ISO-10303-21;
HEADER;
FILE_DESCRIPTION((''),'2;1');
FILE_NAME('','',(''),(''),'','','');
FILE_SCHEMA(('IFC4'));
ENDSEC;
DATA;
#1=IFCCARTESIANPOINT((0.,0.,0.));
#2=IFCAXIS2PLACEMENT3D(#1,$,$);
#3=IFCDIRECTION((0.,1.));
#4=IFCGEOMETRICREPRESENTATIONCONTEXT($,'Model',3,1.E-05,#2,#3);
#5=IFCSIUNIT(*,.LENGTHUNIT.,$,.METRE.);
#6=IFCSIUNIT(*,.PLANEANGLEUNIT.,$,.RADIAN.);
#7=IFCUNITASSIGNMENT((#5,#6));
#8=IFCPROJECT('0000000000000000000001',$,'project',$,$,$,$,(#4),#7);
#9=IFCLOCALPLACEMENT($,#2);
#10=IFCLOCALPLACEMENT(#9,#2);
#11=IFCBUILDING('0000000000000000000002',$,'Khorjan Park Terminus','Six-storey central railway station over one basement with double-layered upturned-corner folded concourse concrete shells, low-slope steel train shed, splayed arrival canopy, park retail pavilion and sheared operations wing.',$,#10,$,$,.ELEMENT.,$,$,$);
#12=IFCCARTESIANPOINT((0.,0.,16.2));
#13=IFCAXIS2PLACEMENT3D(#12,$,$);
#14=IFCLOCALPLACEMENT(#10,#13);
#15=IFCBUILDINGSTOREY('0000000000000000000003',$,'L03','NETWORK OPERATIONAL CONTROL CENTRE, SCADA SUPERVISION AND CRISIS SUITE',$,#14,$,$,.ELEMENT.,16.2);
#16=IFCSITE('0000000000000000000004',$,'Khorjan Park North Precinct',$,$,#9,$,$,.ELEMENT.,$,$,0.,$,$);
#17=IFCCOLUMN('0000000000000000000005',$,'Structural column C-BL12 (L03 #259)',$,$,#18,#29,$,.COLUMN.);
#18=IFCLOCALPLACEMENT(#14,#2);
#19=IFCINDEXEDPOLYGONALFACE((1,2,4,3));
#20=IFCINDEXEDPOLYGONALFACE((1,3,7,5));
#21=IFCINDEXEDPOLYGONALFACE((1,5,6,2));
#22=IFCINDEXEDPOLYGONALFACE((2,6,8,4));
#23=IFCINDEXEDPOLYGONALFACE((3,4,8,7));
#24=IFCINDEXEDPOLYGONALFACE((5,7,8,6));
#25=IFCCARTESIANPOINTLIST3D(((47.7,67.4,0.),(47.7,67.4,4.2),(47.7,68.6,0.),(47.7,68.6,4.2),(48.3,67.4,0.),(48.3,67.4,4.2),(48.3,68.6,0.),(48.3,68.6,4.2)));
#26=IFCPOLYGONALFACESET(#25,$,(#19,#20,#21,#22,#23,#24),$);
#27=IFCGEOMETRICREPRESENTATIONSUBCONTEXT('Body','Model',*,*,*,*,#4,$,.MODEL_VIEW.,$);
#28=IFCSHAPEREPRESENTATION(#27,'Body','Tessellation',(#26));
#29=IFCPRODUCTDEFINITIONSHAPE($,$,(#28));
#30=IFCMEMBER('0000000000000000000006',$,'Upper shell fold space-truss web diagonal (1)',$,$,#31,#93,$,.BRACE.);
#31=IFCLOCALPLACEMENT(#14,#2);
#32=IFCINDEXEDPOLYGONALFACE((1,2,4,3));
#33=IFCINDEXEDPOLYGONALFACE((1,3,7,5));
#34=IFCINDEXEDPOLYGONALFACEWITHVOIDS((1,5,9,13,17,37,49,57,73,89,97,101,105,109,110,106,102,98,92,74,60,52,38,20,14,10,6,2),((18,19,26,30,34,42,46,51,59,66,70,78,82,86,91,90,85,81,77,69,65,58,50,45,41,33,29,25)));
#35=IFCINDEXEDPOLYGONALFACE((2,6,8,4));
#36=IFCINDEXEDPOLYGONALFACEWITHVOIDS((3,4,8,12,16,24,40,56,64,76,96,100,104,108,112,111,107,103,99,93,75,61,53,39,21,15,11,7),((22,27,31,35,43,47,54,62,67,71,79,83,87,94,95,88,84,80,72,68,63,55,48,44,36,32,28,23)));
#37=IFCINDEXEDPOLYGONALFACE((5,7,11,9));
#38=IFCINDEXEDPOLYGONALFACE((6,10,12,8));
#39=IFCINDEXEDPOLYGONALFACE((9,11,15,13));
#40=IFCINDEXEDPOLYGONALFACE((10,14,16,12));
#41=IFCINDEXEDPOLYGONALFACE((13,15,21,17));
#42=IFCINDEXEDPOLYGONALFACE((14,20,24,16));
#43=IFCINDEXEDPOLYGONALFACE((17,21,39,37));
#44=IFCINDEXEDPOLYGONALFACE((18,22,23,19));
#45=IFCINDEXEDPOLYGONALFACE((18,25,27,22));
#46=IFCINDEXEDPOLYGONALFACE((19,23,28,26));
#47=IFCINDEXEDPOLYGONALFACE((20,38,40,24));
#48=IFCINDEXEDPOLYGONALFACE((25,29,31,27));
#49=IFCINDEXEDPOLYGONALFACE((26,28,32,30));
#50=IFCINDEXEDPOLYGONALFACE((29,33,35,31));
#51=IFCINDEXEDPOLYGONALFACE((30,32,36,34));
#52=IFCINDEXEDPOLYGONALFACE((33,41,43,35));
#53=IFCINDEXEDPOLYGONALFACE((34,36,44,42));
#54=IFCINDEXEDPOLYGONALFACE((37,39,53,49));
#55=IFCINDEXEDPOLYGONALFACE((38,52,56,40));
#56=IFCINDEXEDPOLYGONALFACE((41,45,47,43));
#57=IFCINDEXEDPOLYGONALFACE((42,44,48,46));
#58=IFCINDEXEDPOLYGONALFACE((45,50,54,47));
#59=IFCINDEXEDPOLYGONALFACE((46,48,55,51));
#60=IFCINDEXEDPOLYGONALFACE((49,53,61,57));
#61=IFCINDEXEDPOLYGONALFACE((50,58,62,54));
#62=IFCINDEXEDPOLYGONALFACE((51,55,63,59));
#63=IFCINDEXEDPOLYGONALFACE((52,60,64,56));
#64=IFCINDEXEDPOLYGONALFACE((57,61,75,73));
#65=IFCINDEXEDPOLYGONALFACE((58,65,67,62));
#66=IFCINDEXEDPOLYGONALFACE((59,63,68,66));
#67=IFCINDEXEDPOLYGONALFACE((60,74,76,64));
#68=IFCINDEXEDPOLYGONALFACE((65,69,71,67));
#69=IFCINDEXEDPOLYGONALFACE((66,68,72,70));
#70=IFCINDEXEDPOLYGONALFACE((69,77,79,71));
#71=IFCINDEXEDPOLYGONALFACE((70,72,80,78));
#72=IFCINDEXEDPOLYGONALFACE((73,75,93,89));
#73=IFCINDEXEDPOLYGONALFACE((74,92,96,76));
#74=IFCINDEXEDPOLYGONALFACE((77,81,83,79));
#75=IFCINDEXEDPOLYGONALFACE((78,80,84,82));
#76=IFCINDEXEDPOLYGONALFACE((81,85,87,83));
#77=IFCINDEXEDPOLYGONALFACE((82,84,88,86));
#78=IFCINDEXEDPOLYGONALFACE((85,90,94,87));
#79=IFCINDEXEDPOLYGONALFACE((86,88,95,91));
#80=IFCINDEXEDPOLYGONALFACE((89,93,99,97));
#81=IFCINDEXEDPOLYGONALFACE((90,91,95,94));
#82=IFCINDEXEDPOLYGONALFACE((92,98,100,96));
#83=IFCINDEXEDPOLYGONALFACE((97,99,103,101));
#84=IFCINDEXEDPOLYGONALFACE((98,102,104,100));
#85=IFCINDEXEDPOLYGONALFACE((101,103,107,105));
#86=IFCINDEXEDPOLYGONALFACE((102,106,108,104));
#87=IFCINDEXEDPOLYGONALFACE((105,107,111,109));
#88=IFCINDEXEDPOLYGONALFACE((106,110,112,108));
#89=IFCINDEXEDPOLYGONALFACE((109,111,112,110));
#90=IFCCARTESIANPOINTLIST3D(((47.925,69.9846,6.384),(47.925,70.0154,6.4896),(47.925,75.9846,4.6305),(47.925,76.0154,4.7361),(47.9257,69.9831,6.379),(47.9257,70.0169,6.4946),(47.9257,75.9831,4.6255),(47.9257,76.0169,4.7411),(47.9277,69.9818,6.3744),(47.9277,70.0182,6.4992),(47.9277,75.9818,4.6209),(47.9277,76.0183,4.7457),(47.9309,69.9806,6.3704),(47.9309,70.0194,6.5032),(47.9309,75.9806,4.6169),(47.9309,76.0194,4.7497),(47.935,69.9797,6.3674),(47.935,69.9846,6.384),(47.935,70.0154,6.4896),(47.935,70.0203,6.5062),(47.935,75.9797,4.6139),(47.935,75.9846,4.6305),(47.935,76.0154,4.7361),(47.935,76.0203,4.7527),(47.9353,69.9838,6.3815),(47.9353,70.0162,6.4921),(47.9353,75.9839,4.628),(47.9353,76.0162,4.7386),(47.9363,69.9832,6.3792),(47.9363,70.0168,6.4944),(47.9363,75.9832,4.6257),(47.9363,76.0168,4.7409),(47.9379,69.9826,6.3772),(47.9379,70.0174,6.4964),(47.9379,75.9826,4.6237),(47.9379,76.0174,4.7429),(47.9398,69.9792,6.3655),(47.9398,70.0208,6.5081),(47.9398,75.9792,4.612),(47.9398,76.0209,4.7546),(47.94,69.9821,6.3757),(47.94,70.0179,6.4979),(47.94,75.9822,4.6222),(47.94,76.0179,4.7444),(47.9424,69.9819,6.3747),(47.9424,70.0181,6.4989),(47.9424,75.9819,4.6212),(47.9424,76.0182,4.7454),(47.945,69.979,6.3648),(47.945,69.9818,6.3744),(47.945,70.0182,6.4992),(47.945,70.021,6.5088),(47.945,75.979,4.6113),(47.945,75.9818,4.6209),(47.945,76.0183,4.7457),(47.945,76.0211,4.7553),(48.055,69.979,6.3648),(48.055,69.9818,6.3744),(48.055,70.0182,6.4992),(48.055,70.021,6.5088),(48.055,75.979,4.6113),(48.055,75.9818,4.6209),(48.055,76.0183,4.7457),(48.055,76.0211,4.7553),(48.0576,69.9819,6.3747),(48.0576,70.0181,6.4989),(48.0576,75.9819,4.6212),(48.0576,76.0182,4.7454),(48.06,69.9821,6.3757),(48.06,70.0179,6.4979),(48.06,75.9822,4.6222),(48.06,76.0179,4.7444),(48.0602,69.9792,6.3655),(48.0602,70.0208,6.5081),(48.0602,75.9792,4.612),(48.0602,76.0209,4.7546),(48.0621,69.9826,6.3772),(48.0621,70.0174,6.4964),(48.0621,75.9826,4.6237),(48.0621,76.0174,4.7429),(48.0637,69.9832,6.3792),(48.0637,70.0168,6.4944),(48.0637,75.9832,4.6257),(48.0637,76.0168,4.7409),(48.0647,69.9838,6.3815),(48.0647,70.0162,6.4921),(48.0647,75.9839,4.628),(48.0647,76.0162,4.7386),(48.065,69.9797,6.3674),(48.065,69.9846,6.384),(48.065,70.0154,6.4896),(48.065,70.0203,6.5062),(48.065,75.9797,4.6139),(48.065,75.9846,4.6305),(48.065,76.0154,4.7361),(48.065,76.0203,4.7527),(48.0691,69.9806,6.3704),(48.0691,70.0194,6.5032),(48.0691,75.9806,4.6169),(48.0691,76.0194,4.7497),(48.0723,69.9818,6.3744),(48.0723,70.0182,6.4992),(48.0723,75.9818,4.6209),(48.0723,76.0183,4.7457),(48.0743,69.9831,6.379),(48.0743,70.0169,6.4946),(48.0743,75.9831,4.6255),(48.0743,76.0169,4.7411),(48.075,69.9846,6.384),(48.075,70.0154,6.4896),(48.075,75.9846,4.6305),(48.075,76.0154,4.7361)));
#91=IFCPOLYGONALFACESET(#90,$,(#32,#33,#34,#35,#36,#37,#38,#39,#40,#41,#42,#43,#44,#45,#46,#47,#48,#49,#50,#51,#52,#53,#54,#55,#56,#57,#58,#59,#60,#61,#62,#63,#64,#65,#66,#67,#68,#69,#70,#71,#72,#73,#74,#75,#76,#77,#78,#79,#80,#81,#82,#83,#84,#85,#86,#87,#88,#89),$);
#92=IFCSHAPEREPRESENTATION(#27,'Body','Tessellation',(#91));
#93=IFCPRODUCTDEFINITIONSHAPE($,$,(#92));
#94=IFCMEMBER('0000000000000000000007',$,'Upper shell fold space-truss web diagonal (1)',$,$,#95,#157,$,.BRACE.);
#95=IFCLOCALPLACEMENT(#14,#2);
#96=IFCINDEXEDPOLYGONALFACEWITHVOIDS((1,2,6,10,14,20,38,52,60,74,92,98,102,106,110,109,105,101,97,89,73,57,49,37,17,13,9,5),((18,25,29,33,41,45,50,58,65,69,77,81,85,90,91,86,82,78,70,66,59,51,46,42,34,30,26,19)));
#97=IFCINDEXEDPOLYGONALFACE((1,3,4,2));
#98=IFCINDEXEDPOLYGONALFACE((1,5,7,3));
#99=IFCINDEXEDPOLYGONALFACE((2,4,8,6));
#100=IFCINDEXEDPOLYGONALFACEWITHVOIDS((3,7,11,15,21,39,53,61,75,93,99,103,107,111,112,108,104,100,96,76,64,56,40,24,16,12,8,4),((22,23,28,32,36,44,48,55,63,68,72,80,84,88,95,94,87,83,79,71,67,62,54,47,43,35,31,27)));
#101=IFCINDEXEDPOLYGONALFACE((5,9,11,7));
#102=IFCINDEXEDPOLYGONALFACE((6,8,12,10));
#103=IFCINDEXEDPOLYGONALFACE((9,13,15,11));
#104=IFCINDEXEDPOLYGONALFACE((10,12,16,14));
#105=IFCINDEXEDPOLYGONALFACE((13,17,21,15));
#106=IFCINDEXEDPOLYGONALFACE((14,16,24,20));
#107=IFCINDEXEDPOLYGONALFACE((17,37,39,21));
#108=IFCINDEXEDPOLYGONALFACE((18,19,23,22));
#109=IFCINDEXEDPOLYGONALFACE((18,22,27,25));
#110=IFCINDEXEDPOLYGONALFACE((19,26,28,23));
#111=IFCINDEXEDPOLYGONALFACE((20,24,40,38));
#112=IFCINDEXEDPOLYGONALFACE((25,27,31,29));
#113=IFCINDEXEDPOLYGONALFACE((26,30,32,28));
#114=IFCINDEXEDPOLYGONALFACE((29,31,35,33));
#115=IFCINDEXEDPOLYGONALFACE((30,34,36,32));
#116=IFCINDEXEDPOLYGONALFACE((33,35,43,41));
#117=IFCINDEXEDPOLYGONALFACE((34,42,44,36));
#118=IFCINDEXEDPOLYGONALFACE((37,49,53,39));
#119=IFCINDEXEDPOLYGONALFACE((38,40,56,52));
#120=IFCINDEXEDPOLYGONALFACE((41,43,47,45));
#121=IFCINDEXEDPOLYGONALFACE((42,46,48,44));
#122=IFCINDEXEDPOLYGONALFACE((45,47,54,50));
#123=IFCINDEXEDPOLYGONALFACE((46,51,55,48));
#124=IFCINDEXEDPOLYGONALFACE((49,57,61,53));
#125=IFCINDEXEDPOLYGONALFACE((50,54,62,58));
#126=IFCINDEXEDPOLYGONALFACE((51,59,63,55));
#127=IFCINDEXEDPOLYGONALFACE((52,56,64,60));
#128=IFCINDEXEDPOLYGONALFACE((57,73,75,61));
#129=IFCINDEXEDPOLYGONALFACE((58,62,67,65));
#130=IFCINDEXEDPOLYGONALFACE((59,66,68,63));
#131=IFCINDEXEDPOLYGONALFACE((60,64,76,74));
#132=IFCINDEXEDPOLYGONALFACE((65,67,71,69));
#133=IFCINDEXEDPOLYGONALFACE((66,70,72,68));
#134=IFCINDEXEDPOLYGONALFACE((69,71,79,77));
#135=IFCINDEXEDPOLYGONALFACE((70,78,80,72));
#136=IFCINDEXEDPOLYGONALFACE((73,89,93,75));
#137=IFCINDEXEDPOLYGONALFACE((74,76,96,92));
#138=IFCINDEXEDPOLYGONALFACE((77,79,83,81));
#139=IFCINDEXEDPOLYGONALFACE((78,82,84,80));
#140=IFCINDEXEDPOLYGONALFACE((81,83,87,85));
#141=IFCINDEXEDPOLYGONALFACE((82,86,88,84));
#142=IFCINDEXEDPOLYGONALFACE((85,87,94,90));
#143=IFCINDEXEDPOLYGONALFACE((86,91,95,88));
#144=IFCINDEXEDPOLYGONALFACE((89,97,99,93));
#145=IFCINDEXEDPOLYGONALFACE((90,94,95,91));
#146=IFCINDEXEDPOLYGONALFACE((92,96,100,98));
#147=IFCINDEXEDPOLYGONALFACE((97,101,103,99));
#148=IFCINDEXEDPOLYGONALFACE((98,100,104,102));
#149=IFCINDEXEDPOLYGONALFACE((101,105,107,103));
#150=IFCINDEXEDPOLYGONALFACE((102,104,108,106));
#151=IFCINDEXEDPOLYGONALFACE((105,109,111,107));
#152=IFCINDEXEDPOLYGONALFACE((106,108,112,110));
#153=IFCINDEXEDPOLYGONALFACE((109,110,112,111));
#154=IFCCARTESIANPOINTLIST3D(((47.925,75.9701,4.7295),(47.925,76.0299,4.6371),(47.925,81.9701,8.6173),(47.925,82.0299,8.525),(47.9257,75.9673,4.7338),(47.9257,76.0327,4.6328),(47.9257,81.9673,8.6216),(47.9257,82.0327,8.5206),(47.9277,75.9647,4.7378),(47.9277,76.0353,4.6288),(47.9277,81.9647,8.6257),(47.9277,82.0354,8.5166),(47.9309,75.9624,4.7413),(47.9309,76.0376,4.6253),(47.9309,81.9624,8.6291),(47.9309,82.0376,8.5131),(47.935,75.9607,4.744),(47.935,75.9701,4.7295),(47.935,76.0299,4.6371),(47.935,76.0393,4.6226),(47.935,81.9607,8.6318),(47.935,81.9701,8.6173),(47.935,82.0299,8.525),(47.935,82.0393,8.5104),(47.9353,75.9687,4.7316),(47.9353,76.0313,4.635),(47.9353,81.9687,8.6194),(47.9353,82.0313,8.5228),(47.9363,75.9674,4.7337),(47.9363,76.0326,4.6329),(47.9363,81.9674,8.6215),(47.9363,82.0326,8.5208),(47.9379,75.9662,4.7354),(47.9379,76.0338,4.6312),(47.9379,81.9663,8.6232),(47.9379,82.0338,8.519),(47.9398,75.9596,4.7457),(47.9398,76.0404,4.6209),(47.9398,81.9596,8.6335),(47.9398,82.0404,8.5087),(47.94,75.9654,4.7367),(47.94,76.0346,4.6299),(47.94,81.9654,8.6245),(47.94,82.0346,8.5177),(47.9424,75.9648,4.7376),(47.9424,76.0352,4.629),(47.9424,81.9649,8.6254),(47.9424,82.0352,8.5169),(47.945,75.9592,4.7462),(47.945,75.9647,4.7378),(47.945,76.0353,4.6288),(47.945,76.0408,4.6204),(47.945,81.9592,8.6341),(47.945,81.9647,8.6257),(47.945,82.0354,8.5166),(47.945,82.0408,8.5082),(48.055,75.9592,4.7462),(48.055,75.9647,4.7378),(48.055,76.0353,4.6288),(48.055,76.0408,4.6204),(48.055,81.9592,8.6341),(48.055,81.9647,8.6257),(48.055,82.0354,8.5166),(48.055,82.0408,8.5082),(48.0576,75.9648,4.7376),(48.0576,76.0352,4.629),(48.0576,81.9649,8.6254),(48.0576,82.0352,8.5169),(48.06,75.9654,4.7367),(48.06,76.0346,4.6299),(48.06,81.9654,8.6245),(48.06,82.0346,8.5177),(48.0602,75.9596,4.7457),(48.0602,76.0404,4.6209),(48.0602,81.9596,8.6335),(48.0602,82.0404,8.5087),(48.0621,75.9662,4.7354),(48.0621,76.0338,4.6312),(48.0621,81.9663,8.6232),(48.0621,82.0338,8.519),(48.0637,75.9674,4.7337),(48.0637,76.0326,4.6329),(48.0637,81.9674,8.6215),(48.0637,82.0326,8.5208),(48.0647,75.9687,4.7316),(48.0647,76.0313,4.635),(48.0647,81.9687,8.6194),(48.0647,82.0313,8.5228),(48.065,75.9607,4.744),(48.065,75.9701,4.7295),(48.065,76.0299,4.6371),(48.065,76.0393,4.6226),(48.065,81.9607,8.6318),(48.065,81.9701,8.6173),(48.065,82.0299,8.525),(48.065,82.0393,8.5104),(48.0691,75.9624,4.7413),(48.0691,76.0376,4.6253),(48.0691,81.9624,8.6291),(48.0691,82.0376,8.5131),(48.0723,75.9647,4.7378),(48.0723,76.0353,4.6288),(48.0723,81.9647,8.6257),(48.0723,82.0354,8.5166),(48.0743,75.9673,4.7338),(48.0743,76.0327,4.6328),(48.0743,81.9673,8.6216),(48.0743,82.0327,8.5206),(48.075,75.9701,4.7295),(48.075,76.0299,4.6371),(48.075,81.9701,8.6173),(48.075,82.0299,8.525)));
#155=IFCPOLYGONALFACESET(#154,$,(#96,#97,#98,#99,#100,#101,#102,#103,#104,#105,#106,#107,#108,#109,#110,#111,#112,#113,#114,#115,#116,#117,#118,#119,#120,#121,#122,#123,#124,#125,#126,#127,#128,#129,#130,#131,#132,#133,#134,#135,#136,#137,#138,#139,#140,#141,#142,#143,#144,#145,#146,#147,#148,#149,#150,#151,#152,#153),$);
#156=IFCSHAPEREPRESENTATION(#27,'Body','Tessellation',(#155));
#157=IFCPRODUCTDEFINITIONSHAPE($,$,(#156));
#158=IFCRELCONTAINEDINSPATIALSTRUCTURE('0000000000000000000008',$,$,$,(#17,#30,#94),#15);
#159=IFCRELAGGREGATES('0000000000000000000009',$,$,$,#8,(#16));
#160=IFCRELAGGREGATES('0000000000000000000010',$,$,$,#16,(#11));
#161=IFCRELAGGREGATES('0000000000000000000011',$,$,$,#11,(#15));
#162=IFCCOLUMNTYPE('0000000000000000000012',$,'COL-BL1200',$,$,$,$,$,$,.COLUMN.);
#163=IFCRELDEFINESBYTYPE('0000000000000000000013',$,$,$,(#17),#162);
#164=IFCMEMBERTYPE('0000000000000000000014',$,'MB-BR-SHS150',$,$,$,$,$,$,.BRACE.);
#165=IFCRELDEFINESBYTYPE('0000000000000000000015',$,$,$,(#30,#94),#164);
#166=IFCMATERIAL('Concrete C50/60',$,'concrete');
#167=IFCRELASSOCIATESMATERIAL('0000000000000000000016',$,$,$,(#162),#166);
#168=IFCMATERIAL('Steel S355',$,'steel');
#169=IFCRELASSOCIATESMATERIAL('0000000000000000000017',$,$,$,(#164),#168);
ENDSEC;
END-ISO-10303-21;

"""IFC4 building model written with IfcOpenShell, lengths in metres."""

from ifc_helpers import new_model, si_unit, direction, frame, origin, origin_2d, place, context, subcontext, project, spatial, rectangle, hollow_rectangle, extrude, material, material_profile, profile_set, type_object, element, save


model = new_model("IFC4")

# Units and contexts
model_context = context("Model", 3, precision=1e-05, world=origin(), true_north=direction((0.0, 1.0)))
body_context = subcontext(model_context, "Body", "Model", "MODEL_VIEW")
ifc_project = project(units=[si_unit("LENGTHUNIT", "METRE"), si_unit("PLANEANGLEUNIT", "RADIAN")], contexts=[model_context])

# Site, building, storey
site_placement = place(None, origin())
site = spatial("IfcSite", under=ifc_project, at=site_placement, Name="Khorjan Park North Precinct", CompositionType="ELEMENT", RefElevation=0.0)
building_placement = place(site_placement, origin())
building = spatial("IfcBuilding", under=site, at=building_placement, Name="Khorjan Park Terminus", Description="Six-storey central railway station over one basement with double-layered upturned-corner folded concourse concrete shells, low-slope steel train shed, splayed arrival canopy, park retail pavilion and sheared operations wing.", CompositionType="ELEMENT")
storey_placement = place(building_placement, frame((0.0, 0.0, 16.2)))
storey = spatial("IfcBuildingStorey", under=building, at=storey_placement, Name="L03", Description="NETWORK OPERATIONAL CONTROL CENTRE, SCADA SUPERVISION AND CRISIS SUITE", CompositionType="ELEMENT", Elevation=16.2)

# Column
ifc_material_1 = material(Name="Concrete C50/60", Category="concrete")
ifc_material_profile_1 = material_profile(ifc_material_1, rectangle(XDim=0.6, YDim=1.2, at=origin_2d()), Name="RC 600x1200")
ifc_profile_set_1 = profile_set([ifc_material_profile_1], Name="Concrete C50/60")
column_type = type_object("IfcColumnType", Name="COL-BL1200", PredefinedType="COLUMN", material=ifc_profile_set_1)
column_placement = place(storey_placement, frame((48.0, 68.0, 0.0), z_axis=(0.0, 0.0, 1.0), x_axis=(1.0, 0.0, 0.0)))
element("IfcColumn", 1, at=column_placement, inside=storey, type_object=column_type, Name="Structural column C-BL12 (L03 #259)", PredefinedType="COLUMN", context=body_context, shape_type="SweptSolid", body=[
    extrude(rectangle(XDim=0.6, YDim=1.2, at=origin_2d()), origin(), (0.0, 0.0, 1.0), 4.2),
])

# Members
ifc_material_2 = material(Name="Steel S355", Category="steel")
ifc_material_profile_2 = material_profile(ifc_material_2, hollow_rectangle(XDim=0.15, YDim=0.15, WallThickness=0.01, InnerFilletRadius=0.01, OuterFilletRadius=0.02, at=origin_2d()), Name="SHS 150x150x10")
ifc_profile_set_2 = profile_set([ifc_material_profile_2], Name="Steel S355")
member_type_1 = type_object("IfcMemberType", Name="MB-BR-SHS150", PredefinedType="BRACE", material=ifc_profile_set_2)
member_1_placement = place(storey_placement, frame((48.0, 70.0, 6.4368), z_axis=(0.0, 0.959849, -0.280516), x_axis=(-1.0, 0.0, 0.0)))
element("IfcMember", 2, at=member_1_placement, inside=storey, type_object=member_type_1, Name="Upper shell fold space-truss web diagonal (1)", PredefinedType="BRACE", context=body_context, shape_type="SweptSolid", body=[
    extrude(hollow_rectangle(XDim=0.15, YDim=0.15, WallThickness=0.01, InnerFilletRadius=0.01, OuterFilletRadius=0.02, at=origin_2d()), origin(), (0.0, 0.0, 1.0), 6.251),
])
member_2_placement = place(storey_placement, frame((48.0, 76.0, 4.6833), z_axis=(0.0, 0.839222, 0.543788), x_axis=(-1.0, 0.0, 0.0)))
element("IfcMember", 3, at=member_2_placement, inside=storey, type_object=member_type_1, Name="Upper shell fold space-truss web diagonal (1)", PredefinedType="BRACE", context=body_context, shape_type="SweptSolid", body=[
    extrude(hollow_rectangle(XDim=0.15, YDim=0.15, WallThickness=0.01, InnerFilletRadius=0.01, OuterFilletRadius=0.02, at=origin_2d()), origin(), (0.0, 0.0, 1.0), 7.1495),
])

save(model, "model.ifc")
